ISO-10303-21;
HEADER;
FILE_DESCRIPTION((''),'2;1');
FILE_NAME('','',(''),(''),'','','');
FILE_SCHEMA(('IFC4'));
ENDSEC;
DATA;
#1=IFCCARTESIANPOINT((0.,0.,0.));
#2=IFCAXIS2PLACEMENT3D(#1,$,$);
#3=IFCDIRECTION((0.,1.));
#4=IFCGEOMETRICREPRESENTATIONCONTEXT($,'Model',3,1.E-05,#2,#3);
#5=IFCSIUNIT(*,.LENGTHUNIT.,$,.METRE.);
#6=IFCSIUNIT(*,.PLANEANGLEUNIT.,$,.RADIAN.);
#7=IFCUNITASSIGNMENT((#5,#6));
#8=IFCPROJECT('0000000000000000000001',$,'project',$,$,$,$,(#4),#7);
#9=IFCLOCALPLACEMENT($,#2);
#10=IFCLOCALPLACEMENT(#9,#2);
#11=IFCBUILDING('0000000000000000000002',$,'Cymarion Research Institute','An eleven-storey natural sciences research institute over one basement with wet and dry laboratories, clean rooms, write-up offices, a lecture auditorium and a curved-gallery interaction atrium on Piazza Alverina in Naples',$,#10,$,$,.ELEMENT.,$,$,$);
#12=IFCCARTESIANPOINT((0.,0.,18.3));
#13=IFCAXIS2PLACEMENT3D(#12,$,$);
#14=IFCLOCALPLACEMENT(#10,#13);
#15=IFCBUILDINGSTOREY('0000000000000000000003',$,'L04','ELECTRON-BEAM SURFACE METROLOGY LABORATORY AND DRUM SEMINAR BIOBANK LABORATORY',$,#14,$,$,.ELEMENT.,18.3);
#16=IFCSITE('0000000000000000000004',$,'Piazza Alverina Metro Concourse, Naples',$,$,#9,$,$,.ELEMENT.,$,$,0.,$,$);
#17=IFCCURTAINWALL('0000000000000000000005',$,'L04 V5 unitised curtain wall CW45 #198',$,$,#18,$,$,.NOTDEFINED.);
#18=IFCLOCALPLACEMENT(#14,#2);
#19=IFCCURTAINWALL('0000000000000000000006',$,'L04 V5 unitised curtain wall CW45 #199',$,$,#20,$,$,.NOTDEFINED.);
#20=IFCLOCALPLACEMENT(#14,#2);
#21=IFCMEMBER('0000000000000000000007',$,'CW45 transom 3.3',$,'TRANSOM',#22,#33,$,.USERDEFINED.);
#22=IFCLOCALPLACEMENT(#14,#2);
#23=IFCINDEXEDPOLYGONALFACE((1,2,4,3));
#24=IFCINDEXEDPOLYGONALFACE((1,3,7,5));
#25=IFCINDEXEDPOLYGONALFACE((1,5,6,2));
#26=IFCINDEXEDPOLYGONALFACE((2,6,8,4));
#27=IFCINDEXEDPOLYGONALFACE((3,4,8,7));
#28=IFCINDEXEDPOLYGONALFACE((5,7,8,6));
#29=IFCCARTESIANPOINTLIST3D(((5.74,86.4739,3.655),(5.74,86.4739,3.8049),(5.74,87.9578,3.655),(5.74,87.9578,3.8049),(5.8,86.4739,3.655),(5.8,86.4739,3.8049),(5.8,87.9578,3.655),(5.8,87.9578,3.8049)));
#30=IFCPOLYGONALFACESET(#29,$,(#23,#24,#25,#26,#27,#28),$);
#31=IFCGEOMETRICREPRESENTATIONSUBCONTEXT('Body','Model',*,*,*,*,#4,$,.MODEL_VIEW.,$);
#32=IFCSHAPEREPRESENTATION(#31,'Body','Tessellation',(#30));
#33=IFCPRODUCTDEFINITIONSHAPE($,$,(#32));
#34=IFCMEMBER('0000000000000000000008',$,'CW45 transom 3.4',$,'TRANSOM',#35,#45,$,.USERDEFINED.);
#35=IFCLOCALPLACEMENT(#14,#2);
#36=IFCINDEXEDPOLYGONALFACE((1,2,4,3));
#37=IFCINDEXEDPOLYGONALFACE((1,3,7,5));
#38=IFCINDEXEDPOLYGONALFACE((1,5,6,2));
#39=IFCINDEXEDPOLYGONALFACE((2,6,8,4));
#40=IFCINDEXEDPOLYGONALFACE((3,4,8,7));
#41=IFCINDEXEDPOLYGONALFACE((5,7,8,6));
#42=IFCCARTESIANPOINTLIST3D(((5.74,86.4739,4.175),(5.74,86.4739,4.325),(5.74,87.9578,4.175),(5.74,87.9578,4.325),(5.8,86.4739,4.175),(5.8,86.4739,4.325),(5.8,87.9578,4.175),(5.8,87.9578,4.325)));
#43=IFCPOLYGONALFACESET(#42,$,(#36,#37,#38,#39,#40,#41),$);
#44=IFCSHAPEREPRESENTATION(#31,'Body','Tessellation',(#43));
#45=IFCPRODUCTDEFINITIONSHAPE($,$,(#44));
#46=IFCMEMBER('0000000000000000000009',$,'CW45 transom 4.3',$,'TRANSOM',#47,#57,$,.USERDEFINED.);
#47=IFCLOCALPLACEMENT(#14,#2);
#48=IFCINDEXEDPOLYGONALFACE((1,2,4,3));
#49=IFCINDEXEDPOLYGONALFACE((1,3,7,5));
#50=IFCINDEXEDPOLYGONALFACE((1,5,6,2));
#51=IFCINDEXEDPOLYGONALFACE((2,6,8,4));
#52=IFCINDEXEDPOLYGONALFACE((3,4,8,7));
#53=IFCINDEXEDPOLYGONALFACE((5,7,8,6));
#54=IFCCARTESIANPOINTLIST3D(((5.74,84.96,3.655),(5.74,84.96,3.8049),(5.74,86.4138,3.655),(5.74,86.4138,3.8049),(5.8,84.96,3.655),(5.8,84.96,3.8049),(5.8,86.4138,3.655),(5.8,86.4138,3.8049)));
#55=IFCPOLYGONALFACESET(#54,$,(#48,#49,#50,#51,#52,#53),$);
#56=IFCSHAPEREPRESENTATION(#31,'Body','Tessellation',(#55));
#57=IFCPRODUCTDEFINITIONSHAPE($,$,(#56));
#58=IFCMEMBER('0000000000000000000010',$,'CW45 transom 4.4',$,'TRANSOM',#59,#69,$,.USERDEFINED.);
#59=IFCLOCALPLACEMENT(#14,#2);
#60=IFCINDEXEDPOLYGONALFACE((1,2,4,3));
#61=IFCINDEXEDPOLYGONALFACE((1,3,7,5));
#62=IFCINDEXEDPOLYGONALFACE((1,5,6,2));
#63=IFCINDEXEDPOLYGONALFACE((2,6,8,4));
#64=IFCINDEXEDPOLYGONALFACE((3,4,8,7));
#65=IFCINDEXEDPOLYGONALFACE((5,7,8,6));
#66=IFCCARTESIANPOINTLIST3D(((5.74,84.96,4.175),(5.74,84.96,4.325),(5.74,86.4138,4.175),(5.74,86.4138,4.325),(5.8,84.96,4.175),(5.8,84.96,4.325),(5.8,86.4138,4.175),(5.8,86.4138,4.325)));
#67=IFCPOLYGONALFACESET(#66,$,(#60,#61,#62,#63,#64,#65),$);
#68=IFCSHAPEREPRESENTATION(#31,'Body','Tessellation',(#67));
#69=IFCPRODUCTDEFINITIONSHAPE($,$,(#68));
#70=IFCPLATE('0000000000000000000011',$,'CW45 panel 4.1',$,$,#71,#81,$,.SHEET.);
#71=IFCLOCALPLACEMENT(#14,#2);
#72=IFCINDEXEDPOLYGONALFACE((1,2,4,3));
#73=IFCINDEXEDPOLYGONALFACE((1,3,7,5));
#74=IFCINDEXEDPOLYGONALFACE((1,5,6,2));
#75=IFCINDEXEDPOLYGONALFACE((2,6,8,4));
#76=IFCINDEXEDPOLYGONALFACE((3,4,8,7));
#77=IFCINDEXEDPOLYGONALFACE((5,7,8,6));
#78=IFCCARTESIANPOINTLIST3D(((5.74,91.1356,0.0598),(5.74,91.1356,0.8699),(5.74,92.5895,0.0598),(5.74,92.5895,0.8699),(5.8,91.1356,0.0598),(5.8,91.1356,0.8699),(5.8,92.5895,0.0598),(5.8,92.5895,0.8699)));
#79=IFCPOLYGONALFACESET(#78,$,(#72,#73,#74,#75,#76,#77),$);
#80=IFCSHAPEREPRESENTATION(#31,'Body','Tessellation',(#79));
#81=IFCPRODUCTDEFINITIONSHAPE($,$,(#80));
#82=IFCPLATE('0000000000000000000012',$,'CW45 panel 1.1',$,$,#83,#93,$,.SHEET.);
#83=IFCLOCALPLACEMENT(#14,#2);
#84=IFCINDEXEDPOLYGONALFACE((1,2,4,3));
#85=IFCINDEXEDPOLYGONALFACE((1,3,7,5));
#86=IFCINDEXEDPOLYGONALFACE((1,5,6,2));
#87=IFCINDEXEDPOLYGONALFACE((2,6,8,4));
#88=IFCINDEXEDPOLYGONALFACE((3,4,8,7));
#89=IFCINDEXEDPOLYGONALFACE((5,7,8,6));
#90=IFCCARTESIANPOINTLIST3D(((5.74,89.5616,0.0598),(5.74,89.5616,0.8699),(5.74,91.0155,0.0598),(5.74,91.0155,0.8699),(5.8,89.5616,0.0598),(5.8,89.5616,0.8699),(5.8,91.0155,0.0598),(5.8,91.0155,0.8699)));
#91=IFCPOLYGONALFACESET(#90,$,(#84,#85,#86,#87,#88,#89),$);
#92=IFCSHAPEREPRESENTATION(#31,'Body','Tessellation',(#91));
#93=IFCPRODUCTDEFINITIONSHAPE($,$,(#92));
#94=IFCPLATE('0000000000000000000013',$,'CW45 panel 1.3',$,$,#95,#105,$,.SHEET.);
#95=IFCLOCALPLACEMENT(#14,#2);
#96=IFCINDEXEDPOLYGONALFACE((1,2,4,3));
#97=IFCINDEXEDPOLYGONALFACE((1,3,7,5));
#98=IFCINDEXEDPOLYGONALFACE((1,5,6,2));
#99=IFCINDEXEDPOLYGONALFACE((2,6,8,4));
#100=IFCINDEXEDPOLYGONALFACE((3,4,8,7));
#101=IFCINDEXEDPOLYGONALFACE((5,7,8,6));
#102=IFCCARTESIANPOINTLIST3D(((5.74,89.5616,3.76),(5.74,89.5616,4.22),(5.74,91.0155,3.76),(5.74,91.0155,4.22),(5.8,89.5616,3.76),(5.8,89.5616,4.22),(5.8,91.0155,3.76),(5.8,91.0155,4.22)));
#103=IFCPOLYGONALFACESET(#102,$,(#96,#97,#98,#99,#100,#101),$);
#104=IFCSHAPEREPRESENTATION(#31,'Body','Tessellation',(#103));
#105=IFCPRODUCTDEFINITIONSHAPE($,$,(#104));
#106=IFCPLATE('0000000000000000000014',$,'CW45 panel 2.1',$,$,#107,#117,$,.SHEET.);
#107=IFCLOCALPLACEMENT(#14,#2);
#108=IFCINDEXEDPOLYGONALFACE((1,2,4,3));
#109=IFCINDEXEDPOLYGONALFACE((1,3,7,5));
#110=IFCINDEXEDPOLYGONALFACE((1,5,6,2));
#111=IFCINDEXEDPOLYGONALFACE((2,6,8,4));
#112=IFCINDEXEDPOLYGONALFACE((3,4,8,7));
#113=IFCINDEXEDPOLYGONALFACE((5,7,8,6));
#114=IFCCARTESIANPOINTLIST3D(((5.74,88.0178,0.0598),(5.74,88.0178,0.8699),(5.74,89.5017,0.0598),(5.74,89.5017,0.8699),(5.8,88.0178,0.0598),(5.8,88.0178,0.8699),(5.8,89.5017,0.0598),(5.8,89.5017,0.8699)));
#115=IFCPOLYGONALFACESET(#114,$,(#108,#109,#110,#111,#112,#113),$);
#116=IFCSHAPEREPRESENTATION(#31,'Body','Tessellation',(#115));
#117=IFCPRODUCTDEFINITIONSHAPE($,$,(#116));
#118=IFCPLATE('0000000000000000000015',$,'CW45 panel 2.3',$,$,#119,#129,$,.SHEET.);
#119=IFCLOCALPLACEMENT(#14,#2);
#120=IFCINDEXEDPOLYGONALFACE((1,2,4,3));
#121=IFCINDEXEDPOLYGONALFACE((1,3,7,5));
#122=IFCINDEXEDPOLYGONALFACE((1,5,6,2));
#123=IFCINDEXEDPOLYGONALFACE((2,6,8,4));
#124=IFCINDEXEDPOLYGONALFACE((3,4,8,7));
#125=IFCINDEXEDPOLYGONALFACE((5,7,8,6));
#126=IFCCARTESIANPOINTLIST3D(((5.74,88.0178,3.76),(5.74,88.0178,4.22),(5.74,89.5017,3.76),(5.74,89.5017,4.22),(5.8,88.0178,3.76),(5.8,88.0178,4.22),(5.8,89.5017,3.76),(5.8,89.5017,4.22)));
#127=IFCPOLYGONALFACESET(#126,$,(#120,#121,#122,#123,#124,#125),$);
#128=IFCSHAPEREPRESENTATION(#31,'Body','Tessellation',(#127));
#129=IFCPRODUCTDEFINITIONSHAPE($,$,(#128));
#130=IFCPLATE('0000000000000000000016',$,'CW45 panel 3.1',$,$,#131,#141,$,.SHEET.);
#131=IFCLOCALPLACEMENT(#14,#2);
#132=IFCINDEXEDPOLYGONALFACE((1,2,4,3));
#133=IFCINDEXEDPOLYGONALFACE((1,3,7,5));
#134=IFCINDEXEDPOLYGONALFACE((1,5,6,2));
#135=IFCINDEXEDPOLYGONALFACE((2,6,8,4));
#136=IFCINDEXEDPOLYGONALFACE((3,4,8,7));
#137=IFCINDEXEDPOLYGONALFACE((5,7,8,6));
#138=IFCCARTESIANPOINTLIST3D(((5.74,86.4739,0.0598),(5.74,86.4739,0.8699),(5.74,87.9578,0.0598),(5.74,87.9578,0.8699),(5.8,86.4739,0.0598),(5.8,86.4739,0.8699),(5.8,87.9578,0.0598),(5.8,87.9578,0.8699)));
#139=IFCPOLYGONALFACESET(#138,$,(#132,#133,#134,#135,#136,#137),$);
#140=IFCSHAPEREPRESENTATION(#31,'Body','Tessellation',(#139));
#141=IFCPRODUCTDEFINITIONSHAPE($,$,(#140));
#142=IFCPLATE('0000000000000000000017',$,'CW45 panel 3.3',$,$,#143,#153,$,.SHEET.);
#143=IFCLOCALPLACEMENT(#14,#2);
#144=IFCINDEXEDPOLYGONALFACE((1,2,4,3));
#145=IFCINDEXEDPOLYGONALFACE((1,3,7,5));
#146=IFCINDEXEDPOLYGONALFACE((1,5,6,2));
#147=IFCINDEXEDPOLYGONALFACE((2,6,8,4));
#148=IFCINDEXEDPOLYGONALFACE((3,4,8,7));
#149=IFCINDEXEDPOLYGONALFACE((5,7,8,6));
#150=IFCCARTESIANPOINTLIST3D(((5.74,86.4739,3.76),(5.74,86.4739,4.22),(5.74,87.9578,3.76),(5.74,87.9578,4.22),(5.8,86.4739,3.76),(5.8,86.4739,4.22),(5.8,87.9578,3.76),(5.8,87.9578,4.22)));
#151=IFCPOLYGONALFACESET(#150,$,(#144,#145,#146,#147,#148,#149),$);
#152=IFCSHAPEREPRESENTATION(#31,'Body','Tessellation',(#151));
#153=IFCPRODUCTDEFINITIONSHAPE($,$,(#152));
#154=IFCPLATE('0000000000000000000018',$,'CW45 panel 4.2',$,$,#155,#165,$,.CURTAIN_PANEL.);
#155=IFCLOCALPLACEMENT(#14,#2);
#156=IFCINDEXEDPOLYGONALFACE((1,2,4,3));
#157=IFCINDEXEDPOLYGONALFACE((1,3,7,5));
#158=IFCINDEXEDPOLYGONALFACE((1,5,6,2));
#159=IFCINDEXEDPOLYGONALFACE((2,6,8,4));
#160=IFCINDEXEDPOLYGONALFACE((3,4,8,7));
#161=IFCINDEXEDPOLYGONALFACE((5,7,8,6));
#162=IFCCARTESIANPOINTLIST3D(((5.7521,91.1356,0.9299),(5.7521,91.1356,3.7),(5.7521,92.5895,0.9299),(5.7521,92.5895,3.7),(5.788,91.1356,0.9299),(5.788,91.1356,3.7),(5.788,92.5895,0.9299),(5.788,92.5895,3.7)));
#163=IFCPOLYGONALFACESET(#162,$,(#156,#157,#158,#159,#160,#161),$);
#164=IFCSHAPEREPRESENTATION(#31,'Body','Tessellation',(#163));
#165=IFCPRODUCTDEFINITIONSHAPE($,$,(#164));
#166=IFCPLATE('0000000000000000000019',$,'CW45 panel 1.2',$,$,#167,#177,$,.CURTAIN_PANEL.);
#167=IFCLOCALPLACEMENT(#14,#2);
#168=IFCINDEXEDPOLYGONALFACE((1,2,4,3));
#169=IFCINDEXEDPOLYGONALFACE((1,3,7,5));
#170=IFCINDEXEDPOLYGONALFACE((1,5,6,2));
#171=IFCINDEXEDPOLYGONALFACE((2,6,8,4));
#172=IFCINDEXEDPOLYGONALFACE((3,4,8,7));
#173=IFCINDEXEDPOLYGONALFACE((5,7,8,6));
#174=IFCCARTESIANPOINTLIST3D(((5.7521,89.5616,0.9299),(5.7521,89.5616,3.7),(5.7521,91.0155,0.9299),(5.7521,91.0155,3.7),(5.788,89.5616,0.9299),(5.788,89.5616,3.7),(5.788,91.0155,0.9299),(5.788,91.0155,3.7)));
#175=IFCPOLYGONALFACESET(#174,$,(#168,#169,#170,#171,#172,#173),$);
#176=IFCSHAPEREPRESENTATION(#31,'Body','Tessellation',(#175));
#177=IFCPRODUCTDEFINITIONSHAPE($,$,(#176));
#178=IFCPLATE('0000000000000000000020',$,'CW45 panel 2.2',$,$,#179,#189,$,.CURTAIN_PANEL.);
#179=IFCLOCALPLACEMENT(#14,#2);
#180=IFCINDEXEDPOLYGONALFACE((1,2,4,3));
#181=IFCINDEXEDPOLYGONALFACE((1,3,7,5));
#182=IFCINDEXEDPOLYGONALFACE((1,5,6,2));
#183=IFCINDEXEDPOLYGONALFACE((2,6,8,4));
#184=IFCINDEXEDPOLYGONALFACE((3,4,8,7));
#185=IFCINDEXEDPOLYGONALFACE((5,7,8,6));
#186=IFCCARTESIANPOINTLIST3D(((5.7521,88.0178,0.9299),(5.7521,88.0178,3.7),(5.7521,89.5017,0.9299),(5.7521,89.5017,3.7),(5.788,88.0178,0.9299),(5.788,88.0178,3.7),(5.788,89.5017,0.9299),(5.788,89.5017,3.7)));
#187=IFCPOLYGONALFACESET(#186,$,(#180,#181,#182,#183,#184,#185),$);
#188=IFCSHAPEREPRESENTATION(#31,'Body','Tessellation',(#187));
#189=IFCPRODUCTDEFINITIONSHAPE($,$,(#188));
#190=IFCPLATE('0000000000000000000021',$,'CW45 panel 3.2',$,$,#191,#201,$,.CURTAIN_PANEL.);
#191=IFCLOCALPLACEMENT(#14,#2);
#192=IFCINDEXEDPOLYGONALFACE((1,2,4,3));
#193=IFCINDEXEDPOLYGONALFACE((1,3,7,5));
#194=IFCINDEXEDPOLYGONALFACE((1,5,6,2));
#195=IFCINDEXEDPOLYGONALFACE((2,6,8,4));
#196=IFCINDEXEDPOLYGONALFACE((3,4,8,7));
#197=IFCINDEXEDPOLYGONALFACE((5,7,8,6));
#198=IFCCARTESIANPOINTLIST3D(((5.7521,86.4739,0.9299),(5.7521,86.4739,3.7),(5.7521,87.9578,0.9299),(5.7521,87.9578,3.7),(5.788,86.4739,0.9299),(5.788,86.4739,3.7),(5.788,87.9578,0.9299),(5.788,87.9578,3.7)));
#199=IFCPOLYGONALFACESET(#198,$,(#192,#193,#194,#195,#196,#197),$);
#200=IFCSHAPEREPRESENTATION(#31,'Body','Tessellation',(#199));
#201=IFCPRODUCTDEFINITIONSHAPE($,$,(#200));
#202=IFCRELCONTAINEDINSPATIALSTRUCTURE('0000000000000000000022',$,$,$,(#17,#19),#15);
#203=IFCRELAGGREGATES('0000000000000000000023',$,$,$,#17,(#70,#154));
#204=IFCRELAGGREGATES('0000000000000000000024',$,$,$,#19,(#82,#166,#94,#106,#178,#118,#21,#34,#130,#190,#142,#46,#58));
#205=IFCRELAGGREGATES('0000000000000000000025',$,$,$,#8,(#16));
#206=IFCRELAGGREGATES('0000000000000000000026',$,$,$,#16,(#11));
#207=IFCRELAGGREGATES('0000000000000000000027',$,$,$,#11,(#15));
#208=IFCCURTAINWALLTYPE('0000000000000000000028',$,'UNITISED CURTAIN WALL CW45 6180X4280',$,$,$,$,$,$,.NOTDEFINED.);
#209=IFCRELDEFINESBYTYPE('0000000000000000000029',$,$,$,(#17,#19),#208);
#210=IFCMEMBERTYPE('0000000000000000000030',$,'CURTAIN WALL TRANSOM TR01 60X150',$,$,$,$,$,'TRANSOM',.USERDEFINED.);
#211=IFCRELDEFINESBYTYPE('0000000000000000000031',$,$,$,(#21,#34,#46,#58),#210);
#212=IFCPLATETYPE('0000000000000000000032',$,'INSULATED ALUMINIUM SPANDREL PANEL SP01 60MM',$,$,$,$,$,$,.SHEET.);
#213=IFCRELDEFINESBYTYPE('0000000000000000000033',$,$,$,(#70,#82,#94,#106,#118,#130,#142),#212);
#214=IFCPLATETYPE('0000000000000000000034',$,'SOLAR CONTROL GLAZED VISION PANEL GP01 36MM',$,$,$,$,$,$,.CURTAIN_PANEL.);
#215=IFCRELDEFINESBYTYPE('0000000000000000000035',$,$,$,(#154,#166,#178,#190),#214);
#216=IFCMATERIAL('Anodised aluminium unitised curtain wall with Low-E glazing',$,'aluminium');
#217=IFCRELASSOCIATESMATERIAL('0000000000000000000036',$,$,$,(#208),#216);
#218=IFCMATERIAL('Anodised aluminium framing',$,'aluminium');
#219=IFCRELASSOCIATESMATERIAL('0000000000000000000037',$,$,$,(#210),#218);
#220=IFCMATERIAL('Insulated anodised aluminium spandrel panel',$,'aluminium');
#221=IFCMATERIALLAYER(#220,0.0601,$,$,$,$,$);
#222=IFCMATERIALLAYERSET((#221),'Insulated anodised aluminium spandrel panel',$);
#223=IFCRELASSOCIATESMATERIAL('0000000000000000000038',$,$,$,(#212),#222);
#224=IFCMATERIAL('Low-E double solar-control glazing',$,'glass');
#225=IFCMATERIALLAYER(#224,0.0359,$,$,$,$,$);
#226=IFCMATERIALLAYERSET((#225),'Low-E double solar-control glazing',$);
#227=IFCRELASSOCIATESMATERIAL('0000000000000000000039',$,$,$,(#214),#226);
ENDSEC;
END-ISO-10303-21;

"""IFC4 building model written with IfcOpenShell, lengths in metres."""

from ifc_helpers import new_model, si_unit, direction, frame, origin, origin_2d, place, context, subcontext, project, spatial, rectangle, extrude, material, layer, layer_set, material_profile, profile_set, type_object, element, aggregate, save


model = new_model("IFC4")

# Units and contexts
model_context = context("Model", 3, precision=1e-05, world=origin(), true_north=direction((0.0, 1.0)))
body_context = subcontext(model_context, "Body", "Model", "MODEL_VIEW")
ifc_project = project(units=[si_unit("LENGTHUNIT", "METRE"), si_unit("PLANEANGLEUNIT", "RADIAN")], contexts=[model_context])

# Site, building, storey
site_placement = place(None, origin())
site = spatial("IfcSite", under=ifc_project, at=site_placement, Name="Piazza Alverina Metro Concourse, Naples", CompositionType="ELEMENT", RefElevation=0.0)
building_placement = place(site_placement, origin())
building = spatial("IfcBuilding", under=site, at=building_placement, Name="Cymarion Research Institute", Description="An eleven-storey natural sciences research institute over one basement with wet and dry laboratories, clean rooms, write-up offices, a lecture auditorium and a curved-gallery interaction atrium on Piazza Alverina in Naples", CompositionType="ELEMENT")
storey_placement = place(building_placement, frame((0.0, 0.0, 18.3)))
storey = spatial("IfcBuildingStorey", under=building, at=storey_placement, Name="L04", Description="ELECTRON-BEAM SURFACE METROLOGY LABORATORY AND DRUM SEMINAR BIOBANK LABORATORY", CompositionType="ELEMENT", Elevation=18.3)

# Curtain wall
ifc_material_1 = material(Name="Anodised aluminium unitised curtain wall with Low-E glazing", Category="aluminium")
curtain_wall_type = type_object("IfcCurtainWallType", Name="UNITISED CURTAIN WALL CW45 6180X4280", PredefinedType="NOTDEFINED", material=ifc_material_1)
curtain_wall_1_placement = place(storey_placement, origin())
curtain_wall_1 = element("IfcCurtainWall", 1, at=curtain_wall_1_placement, inside=storey, type_object=curtain_wall_type, Name="L04 V5 unitised curtain wall CW45 #198", PredefinedType="NOTDEFINED")
ifc_material_2 = material(Name="Anodised aluminium framing", Category="aluminium")

# Curtain wall, members
curtain_wall_2_placement = place(storey_placement, origin())
curtain_wall_2 = element("IfcCurtainWall", 2, at=curtain_wall_2_placement, inside=storey, type_object=curtain_wall_type, Name="L04 V5 unitised curtain wall CW45 #199", PredefinedType="NOTDEFINED")
ifc_material_profile_1 = material_profile(ifc_material_2, rectangle(XDim=0.0601, YDim=0.1499, at=origin_2d()), Name="ALU TRANSOM 60x150")
ifc_profile_set_1 = profile_set([ifc_material_profile_1], Name="Anodised aluminium framing")
member_type_1 = type_object("IfcMemberType", Name="CURTAIN WALL TRANSOM TR01 60X150", ElementType="TRANSOM", PredefinedType="USERDEFINED", material=ifc_profile_set_1)
member_1_placement = place(storey_placement, frame((5.77, 87.9578, 3.73), z_axis=(0.0, -1.0, 0.0), x_axis=(1.0, 0.0, 0.0)))
member_1 = element("IfcMember", 3, at=member_1_placement, type_object=member_type_1, Name="CW45 transom 3.3", ObjectType="TRANSOM", PredefinedType="USERDEFINED", context=body_context, shape_type="SweptSolid", body=[
    extrude(rectangle(XDim=0.0601, YDim=0.1499, at=origin_2d()), origin(), (0.0, 0.0, 1.0), 1.4839),
])
member_2_placement = place(storey_placement, frame((5.77, 87.9578, 4.25), z_axis=(0.0, -1.0, 0.0), x_axis=(1.0, 0.0, 0.0)))
member_2 = element("IfcMember", 4, at=member_2_placement, type_object=member_type_1, Name="CW45 transom 3.4", ObjectType="TRANSOM", PredefinedType="USERDEFINED", context=body_context, shape_type="SweptSolid", body=[
    extrude(rectangle(XDim=0.0601, YDim=0.1499, at=origin_2d()), origin(), (0.0, 0.0, 1.0), 1.4839),
])
member_3_placement = place(storey_placement, frame((5.77, 86.4138, 3.73), z_axis=(0.0, -1.0, 0.0), x_axis=(1.0, 0.0, 0.0)))
member_3 = element("IfcMember", 5, at=member_3_placement, type_object=member_type_1, Name="CW45 transom 4.3", ObjectType="TRANSOM", PredefinedType="USERDEFINED", context=body_context, shape_type="SweptSolid", body=[
    extrude(rectangle(XDim=0.0601, YDim=0.1499, at=origin_2d()), origin(), (0.0, 0.0, 1.0), 1.4539),
])
member_4_placement = place(storey_placement, frame((5.77, 86.4138, 4.25), z_axis=(0.0, -1.0, 0.0), x_axis=(1.0, 0.0, 0.0)))
member_4 = element("IfcMember", 6, at=member_4_placement, type_object=member_type_1, Name="CW45 transom 4.4", ObjectType="TRANSOM", PredefinedType="USERDEFINED", context=body_context, shape_type="SweptSolid", body=[
    extrude(rectangle(XDim=0.0601, YDim=0.1499, at=origin_2d()), origin(), (0.0, 0.0, 1.0), 1.4539),
])

# Plates
ifc_material_3 = material(Name="Insulated anodised aluminium spandrel panel", Category="aluminium")
ifc_layer_1 = layer(ifc_material_3, 0.0601)
ifc_layer_set_1 = layer_set([ifc_layer_1], Name="Insulated anodised aluminium spandrel panel")
plate_type_1 = type_object("IfcPlateType", Name="INSULATED ALUMINIUM SPANDREL PANEL SP01 60MM", PredefinedType="SHEET", material=ifc_layer_set_1)
plate_1_placement = place(storey_placement, frame((5.77, 91.8625, 0.0598), z_axis=(0.0, 0.0, 1.0), x_axis=(0.0, -1.0, 0.0)))
plate_1 = element("IfcPlate", 7, at=plate_1_placement, type_object=plate_type_1, Name="CW45 panel 4.1", PredefinedType="SHEET", context=body_context, shape_type="SweptSolid", body=[
    extrude(rectangle(XDim=1.4539, YDim=0.0601, at=origin_2d()), origin(), (0.0, 0.0, 1.0), 0.8101),
])
plate_2_placement = place(storey_placement, frame((5.77, 90.2886, 0.0598), z_axis=(0.0, 0.0, 1.0), x_axis=(0.0, -1.0, 0.0)))
plate_2 = element("IfcPlate", 8, at=plate_2_placement, type_object=plate_type_1, Name="CW45 panel 1.1", PredefinedType="SHEET", context=body_context, shape_type="SweptSolid", body=[
    extrude(rectangle(XDim=1.4539, YDim=0.0601, at=origin_2d()), origin(), (0.0, 0.0, 1.0), 0.8101),
])
plate_3_placement = place(storey_placement, frame((5.77, 90.2886, 3.76), z_axis=(0.0, 0.0, 1.0), x_axis=(0.0, -1.0, 0.0)))
plate_3 = element("IfcPlate", 9, at=plate_3_placement, type_object=plate_type_1, Name="CW45 panel 1.3", PredefinedType="SHEET", context=body_context, shape_type="SweptSolid", body=[
    extrude(rectangle(XDim=1.4539, YDim=0.0601, at=origin_2d()), origin(), (0.0, 0.0, 1.0), 0.46),
])
plate_4_placement = place(storey_placement, frame((5.77, 88.7598, 0.0598), z_axis=(0.0, 0.0, 1.0), x_axis=(0.0, -1.0, 0.0)))
plate_4 = element("IfcPlate", 10, at=plate_4_placement, type_object=plate_type_1, Name="CW45 panel 2.1", PredefinedType="SHEET", context=body_context, shape_type="SweptSolid", body=[
    extrude(rectangle(XDim=1.4839, YDim=0.0601, at=origin_2d()), origin(), (0.0, 0.0, 1.0), 0.8101),
])
plate_5_placement = place(storey_placement, frame((5.77, 88.7598, 3.76), z_axis=(0.0, 0.0, 1.0), x_axis=(0.0, -1.0, 0.0)))
plate_5 = element("IfcPlate", 11, at=plate_5_placement, type_object=plate_type_1, Name="CW45 panel 2.3", PredefinedType="SHEET", context=body_context, shape_type="SweptSolid", body=[
    extrude(rectangle(XDim=1.4839, YDim=0.0601, at=origin_2d()), origin(), (0.0, 0.0, 1.0), 0.46),
])
plate_6_placement = place(storey_placement, frame((5.77, 87.2158, 0.0598), z_axis=(0.0, 0.0, 1.0), x_axis=(0.0, -1.0, 0.0)))
plate_6 = element("IfcPlate", 12, at=plate_6_placement, type_object=plate_type_1, Name="CW45 panel 3.1", PredefinedType="SHEET", context=body_context, shape_type="SweptSolid", body=[
    extrude(rectangle(XDim=1.4839, YDim=0.0601, at=origin_2d()), origin(), (0.0, 0.0, 1.0), 0.8101),
])
plate_7_placement = place(storey_placement, frame((5.77, 87.2158, 3.76), z_axis=(0.0, 0.0, 1.0), x_axis=(0.0, -1.0, 0.0)))
plate_7 = element("IfcPlate", 13, at=plate_7_placement, type_object=plate_type_1, Name="CW45 panel 3.3", PredefinedType="SHEET", context=body_context, shape_type="SweptSolid", body=[
    extrude(rectangle(XDim=1.4839, YDim=0.0601, at=origin_2d()), origin(), (0.0, 0.0, 1.0), 0.46),
])
ifc_material_4 = material(Name="Low-E double solar-control glazing", Category="glass")
ifc_layer_2 = layer(ifc_material_4, 0.0359)
ifc_layer_set_2 = layer_set([ifc_layer_2], Name="Low-E double solar-control glazing")
plate_type_2 = type_object("IfcPlateType", Name="SOLAR CONTROL GLAZED VISION PANEL GP01 36MM", PredefinedType="CURTAIN_PANEL", material=ifc_layer_set_2)
plate_8_placement = place(storey_placement, frame((5.77, 91.8625, 0.9299), z_axis=(0.0, 0.0, 1.0), x_axis=(0.0, -1.0, 0.0)))
plate_8 = element("IfcPlate", 14, at=plate_8_placement, type_object=plate_type_2, Name="CW45 panel 4.2", PredefinedType="CURTAIN_PANEL", context=body_context, shape_type="SweptSolid", body=[
    extrude(rectangle(XDim=1.4539, YDim=0.0359, at=origin_2d()), origin(), (0.0, 0.0, 1.0), 2.77),
])
aggregate(curtain_wall_1, [plate_1, plate_8])
plate_9_placement = place(storey_placement, frame((5.77, 90.2886, 0.9299), z_axis=(0.0, 0.0, 1.0), x_axis=(0.0, -1.0, 0.0)))
plate_9 = element("IfcPlate", 15, at=plate_9_placement, type_object=plate_type_2, Name="CW45 panel 1.2", PredefinedType="CURTAIN_PANEL", context=body_context, shape_type="SweptSolid", body=[
    extrude(rectangle(XDim=1.4539, YDim=0.0359, at=origin_2d()), origin(), (0.0, 0.0, 1.0), 2.77),
])
plate_10_placement = place(storey_placement, frame((5.77, 88.7598, 0.9299), z_axis=(0.0, 0.0, 1.0), x_axis=(0.0, -1.0, 0.0)))
plate_10 = element("IfcPlate", 16, at=plate_10_placement, type_object=plate_type_2, Name="CW45 panel 2.2", PredefinedType="CURTAIN_PANEL", context=body_context, shape_type="SweptSolid", body=[
    extrude(rectangle(XDim=1.4839, YDim=0.0359, at=origin_2d()), origin(), (0.0, 0.0, 1.0), 2.77),
])
plate_11_placement = place(storey_placement, frame((5.77, 87.2158, 0.9299), z_axis=(0.0, 0.0, 1.0), x_axis=(0.0, -1.0, 0.0)))
plate_11 = element("IfcPlate", 17, at=plate_11_placement, type_object=plate_type_2, Name="CW45 panel 3.2", PredefinedType="CURTAIN_PANEL", context=body_context, shape_type="SweptSolid", body=[
    extrude(rectangle(XDim=1.4839, YDim=0.0359, at=origin_2d()), origin(), (0.0, 0.0, 1.0), 2.77),
])
aggregate(curtain_wall_2, [plate_2, plate_9, plate_3, plate_4, plate_10, plate_5, member_1, member_2, plate_6, plate_11, plate_7, member_3, member_4])

save(model, "model.ifc")
